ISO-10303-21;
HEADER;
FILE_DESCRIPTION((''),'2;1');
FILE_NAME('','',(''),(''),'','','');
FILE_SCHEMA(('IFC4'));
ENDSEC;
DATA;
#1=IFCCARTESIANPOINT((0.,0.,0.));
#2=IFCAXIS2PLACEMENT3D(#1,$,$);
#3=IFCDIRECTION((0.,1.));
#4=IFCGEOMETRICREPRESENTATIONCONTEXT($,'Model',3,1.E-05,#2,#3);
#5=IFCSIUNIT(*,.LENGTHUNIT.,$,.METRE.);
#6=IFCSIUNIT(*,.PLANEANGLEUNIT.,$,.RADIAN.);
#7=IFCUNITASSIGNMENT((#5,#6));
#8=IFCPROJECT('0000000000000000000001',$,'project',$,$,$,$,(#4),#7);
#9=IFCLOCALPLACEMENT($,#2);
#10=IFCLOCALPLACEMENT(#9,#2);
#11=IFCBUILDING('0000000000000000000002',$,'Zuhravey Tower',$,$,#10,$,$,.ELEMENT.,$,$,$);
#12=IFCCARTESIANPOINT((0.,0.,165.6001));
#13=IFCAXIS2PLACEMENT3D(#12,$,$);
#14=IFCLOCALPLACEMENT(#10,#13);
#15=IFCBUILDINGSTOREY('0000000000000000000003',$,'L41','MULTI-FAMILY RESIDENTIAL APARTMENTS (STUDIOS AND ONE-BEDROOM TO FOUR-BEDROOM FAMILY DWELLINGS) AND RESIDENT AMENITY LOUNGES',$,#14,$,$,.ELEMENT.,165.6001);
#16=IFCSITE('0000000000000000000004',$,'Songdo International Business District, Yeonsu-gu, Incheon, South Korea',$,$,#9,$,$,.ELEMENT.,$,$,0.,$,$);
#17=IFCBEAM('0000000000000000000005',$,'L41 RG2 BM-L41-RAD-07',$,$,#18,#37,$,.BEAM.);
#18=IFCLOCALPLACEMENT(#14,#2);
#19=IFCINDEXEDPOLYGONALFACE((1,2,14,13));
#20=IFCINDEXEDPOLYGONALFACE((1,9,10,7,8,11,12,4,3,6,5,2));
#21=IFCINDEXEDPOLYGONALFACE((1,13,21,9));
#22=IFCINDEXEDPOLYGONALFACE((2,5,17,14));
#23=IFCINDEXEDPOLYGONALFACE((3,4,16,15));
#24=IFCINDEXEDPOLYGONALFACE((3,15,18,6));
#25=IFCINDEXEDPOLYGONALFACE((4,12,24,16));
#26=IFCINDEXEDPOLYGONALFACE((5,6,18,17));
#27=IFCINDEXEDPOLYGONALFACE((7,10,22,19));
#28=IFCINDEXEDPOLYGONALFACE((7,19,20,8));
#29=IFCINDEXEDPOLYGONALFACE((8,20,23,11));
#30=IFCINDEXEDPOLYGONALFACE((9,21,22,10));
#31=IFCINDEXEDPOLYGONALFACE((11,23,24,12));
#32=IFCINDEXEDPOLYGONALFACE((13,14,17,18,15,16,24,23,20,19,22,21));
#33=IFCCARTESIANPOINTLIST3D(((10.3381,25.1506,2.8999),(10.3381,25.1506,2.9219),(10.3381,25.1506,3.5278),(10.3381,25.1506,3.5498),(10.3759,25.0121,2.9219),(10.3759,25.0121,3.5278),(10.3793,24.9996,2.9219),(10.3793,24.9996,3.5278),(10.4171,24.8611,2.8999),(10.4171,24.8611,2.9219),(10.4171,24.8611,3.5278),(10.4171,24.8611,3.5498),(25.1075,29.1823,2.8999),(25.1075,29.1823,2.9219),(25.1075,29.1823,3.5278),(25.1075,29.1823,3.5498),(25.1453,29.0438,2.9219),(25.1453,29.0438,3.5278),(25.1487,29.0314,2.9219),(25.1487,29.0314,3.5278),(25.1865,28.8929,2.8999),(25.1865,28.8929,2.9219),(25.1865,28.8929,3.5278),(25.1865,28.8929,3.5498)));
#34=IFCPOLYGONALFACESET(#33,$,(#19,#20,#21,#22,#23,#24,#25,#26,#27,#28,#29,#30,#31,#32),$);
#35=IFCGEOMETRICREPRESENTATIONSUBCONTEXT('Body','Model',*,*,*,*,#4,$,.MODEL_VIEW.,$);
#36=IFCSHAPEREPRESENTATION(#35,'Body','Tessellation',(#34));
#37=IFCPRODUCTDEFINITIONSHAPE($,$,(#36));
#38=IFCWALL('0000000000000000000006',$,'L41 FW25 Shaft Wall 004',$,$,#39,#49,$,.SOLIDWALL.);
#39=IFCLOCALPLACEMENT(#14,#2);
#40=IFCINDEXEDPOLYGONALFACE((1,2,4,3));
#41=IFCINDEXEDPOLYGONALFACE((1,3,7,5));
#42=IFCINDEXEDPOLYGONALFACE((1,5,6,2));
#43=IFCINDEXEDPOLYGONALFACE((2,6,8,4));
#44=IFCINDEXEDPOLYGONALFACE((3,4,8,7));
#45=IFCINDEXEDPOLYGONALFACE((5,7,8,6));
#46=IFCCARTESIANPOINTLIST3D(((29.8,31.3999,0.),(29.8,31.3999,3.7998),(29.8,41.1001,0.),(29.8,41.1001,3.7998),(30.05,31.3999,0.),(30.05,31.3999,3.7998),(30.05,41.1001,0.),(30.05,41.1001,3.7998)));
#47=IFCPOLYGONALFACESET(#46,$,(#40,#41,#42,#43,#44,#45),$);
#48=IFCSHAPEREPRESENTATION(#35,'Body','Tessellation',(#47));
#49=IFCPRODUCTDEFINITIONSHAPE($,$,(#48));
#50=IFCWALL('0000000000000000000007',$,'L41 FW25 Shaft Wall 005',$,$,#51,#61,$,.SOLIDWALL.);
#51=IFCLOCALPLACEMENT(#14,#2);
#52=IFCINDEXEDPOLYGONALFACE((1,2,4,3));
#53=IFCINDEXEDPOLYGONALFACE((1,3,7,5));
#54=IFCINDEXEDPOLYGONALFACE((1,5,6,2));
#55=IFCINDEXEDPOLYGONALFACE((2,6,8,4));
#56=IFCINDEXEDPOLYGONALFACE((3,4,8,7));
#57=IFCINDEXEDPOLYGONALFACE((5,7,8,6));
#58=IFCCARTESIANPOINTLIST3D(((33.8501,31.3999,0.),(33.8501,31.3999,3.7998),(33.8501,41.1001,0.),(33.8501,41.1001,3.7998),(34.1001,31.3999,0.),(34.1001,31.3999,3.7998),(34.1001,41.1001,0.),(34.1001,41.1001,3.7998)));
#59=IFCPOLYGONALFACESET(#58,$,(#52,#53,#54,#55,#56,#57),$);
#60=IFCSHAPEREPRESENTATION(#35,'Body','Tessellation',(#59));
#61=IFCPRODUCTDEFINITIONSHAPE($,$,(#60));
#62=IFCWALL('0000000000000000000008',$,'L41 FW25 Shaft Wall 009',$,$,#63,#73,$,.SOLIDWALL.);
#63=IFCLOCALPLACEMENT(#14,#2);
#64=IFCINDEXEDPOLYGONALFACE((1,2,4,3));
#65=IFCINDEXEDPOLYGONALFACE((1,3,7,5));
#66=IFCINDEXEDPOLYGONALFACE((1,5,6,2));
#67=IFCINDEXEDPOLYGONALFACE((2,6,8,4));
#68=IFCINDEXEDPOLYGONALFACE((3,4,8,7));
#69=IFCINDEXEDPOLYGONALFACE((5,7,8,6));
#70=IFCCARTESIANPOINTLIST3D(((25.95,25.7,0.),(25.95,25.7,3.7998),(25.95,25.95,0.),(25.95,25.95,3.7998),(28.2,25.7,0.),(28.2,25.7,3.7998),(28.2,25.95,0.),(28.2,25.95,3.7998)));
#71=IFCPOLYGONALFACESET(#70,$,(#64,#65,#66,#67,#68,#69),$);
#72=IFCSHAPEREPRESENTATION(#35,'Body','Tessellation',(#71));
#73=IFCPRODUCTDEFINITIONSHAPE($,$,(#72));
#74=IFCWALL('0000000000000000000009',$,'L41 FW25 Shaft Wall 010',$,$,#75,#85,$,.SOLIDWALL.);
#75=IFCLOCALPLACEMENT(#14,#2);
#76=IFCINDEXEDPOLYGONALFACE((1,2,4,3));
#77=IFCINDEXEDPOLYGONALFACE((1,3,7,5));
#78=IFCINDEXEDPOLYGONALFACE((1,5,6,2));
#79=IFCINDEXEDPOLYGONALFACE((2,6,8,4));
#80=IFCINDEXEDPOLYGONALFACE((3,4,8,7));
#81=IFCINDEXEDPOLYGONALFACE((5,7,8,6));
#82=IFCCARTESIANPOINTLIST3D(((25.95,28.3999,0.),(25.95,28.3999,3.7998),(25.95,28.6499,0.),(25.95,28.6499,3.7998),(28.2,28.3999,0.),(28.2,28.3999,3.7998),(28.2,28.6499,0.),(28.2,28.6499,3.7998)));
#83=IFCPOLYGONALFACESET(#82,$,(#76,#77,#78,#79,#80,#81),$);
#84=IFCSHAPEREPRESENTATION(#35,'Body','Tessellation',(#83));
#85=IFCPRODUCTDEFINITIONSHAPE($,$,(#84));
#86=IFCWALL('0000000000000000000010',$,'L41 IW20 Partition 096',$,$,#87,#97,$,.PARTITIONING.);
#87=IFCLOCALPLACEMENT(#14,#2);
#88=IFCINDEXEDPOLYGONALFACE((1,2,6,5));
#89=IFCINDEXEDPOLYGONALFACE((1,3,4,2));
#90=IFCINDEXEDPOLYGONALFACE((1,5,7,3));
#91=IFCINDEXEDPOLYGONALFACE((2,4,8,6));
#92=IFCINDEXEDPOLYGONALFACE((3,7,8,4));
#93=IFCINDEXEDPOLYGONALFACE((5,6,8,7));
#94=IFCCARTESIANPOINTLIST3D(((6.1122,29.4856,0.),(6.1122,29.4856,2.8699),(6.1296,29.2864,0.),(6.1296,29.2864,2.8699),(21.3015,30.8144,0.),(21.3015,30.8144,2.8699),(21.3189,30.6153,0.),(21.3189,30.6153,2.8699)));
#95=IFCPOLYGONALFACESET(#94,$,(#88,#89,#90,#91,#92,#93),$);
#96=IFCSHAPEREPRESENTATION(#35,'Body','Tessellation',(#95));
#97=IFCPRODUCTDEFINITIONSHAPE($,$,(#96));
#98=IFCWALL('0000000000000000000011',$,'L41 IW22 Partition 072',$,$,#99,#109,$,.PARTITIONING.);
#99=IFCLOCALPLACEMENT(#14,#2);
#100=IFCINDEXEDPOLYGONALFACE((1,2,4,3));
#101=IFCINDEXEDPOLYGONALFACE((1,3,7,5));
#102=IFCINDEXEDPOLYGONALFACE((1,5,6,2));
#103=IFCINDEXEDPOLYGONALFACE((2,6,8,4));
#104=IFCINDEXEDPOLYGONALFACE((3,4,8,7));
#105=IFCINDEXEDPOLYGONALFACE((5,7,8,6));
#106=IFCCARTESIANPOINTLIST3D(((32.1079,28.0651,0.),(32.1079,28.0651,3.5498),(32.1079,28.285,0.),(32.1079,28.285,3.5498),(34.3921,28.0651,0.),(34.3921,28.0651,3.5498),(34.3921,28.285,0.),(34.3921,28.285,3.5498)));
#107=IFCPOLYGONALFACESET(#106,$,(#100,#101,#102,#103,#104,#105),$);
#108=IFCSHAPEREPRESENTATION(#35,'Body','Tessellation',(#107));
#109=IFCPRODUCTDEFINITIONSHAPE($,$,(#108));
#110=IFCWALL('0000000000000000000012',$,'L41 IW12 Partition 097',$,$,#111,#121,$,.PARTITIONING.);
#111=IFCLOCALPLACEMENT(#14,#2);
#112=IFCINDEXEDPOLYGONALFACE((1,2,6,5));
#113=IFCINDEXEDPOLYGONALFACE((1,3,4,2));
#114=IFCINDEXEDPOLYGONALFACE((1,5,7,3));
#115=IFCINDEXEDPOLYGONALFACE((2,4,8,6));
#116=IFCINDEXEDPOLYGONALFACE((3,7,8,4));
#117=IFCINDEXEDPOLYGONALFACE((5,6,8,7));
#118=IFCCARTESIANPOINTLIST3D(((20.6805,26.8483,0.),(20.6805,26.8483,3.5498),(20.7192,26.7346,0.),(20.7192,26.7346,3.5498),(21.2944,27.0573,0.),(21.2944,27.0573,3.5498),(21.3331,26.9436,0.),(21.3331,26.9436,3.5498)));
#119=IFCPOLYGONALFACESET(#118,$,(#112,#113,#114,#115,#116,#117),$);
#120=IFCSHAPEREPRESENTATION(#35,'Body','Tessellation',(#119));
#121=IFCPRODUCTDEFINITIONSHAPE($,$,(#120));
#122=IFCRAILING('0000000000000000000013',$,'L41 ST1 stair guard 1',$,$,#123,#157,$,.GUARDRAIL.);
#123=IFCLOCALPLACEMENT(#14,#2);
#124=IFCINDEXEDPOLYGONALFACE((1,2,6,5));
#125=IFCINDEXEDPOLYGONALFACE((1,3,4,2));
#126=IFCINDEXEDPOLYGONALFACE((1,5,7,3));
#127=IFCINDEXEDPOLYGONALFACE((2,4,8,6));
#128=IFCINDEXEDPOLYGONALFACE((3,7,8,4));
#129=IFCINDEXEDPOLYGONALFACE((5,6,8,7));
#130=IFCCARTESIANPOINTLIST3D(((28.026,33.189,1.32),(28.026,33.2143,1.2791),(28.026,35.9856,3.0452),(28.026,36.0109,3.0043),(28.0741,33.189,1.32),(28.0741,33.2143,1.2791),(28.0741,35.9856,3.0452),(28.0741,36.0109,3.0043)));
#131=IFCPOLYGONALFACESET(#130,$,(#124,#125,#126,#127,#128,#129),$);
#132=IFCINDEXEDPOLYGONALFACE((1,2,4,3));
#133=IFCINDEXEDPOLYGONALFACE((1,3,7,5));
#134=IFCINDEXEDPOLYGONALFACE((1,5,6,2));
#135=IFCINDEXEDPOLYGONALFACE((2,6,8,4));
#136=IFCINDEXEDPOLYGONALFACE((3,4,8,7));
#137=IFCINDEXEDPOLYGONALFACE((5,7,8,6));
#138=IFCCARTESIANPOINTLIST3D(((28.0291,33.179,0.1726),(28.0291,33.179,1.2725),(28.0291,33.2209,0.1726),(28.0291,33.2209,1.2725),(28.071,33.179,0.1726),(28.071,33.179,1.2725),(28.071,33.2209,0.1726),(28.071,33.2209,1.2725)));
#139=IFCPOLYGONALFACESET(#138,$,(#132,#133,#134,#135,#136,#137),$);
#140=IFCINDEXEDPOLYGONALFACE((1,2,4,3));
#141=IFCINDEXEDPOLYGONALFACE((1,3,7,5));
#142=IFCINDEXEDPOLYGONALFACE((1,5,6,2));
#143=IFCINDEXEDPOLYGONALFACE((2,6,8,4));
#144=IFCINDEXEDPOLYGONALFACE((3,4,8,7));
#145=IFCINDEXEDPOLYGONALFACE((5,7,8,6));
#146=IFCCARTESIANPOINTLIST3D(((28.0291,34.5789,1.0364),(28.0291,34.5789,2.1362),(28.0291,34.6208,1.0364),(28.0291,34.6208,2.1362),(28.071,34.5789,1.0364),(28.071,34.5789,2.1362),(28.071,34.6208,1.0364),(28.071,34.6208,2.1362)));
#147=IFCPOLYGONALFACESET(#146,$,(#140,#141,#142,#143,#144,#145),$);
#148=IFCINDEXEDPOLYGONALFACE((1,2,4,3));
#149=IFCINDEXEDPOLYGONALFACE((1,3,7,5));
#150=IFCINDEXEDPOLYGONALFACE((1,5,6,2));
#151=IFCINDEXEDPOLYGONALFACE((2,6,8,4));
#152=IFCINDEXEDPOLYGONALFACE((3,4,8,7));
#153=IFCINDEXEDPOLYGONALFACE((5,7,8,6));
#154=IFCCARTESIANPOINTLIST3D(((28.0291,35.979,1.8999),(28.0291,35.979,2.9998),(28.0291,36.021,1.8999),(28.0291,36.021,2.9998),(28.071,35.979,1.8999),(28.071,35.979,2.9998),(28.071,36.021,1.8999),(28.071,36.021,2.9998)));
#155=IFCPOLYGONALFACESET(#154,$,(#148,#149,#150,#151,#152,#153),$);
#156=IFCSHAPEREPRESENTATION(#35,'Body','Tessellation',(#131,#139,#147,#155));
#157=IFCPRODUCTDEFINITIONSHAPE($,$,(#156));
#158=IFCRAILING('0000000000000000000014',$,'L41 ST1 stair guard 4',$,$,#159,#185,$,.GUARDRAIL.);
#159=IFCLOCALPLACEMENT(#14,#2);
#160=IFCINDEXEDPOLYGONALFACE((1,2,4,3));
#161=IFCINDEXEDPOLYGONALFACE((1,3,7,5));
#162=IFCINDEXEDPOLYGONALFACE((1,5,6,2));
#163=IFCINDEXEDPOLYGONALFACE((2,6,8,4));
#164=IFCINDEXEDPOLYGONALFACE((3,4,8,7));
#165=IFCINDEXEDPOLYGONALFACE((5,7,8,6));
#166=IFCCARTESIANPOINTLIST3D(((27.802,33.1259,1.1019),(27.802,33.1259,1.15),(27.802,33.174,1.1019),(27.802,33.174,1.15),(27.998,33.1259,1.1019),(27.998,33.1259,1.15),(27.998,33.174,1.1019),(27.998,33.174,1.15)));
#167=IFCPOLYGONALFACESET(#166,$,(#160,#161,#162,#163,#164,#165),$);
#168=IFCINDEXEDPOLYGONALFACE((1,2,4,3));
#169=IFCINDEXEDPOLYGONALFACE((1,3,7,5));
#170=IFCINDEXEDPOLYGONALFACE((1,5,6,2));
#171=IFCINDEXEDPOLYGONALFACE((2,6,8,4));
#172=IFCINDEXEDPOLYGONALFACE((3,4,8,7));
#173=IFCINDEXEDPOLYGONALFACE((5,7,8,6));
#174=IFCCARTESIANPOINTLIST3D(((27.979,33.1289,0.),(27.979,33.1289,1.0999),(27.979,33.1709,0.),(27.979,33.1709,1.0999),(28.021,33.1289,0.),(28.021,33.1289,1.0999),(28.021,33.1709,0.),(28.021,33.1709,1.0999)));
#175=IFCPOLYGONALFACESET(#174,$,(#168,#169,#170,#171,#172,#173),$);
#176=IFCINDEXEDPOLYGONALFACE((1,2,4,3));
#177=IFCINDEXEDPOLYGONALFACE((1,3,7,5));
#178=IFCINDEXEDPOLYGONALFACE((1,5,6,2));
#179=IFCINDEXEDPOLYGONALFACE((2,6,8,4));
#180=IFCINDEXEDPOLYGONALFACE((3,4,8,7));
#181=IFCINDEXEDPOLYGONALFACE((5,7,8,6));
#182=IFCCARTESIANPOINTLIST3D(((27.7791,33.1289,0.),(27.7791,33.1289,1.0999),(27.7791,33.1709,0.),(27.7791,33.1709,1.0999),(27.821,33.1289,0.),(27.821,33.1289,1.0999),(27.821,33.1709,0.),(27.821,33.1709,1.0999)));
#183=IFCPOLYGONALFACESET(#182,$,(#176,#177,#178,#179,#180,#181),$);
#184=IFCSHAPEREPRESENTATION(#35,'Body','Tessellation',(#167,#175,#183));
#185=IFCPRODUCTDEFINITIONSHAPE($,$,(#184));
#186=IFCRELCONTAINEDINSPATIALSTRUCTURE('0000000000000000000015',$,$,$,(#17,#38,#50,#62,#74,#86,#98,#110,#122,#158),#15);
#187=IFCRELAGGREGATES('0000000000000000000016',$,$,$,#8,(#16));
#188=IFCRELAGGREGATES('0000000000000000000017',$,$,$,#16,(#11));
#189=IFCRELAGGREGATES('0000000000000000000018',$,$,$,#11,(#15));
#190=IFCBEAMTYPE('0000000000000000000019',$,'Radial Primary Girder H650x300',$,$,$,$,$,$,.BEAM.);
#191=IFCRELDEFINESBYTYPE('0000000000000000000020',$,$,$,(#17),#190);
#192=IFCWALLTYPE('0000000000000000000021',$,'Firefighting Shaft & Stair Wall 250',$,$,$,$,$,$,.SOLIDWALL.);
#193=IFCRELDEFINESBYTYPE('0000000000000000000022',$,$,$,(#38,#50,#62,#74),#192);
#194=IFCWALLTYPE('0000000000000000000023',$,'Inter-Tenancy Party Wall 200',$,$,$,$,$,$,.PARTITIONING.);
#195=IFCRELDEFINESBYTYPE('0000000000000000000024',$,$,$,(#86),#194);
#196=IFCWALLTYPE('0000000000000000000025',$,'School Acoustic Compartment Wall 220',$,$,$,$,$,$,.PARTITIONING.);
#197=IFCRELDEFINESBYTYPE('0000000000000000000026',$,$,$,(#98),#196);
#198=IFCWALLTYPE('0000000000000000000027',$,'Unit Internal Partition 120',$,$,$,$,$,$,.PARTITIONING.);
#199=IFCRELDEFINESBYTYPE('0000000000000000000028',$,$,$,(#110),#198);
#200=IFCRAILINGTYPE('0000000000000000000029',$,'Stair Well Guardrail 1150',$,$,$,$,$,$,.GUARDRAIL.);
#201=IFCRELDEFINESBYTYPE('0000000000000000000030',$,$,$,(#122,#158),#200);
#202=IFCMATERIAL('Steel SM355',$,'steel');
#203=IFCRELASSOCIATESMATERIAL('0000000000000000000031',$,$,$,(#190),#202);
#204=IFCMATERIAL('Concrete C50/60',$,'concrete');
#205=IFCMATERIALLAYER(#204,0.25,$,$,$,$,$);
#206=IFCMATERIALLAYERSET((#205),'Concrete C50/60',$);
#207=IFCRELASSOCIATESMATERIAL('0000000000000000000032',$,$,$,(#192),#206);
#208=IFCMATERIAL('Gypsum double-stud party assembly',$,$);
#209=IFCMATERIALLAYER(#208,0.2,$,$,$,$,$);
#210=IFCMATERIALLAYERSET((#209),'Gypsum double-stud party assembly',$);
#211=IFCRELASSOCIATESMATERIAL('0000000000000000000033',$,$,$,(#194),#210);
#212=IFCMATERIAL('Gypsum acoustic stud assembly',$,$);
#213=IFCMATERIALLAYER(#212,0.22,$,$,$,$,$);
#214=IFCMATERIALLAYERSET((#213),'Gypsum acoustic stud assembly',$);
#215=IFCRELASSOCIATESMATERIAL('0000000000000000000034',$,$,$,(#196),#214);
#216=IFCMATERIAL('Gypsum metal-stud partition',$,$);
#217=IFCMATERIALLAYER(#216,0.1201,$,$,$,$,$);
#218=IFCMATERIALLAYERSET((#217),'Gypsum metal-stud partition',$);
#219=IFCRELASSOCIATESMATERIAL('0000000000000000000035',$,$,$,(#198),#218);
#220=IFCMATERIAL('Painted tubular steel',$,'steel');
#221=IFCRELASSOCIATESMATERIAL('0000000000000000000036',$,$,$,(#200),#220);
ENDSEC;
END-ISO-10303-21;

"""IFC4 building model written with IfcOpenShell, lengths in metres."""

from ifc_helpers import new_model, si_unit, direction, frame, frame_2d, origin, origin_2d, place, context, subcontext, project, spatial, rectangle, i_section, extrude, material, layer, layer_set, material_profile, profile_set, type_object, element, save


model = new_model("IFC4")

# Units and contexts
model_context = context("Model", 3, precision=1e-05, world=origin(), true_north=direction((0.0, 1.0)))
body_context = subcontext(model_context, "Body", "Model", "MODEL_VIEW")
ifc_project = project(units=[si_unit("LENGTHUNIT", "METRE"), si_unit("PLANEANGLEUNIT", "RADIAN")], contexts=[model_context])

# Site, building, storey
site_placement = place(None, origin())
site = spatial("IfcSite", under=ifc_project, at=site_placement, Name="Songdo International Business District, Yeonsu-gu, Incheon, South Korea", CompositionType="ELEMENT", RefElevation=0.0)
building_placement = place(site_placement, origin())
building = spatial("IfcBuilding", under=site, at=building_placement, Name="Zuhravey Tower", CompositionType="ELEMENT")
storey_placement = place(building_placement, frame((0.0, 0.0, 165.6001)))
storey = spatial("IfcBuildingStorey", under=building, at=storey_placement, Name="L41", Description="MULTI-FAMILY RESIDENTIAL APARTMENTS (STUDIOS AND ONE-BEDROOM TO FOUR-BEDROOM FAMILY DWELLINGS) AND RESIDENT AMENITY LOUNGES", CompositionType="ELEMENT", Elevation=165.6001)

# Beam
ifc_material_1 = material(Name="Steel SM355", Category="steel")
ifc_material_profile = material_profile(ifc_material_1, i_section(OverallWidth=0.3, OverallDepth=0.6499, WebThickness=0.0129, FlangeThickness=0.022, at=origin_2d()), Name="H-650x300x13x22")
ifc_profile_set = profile_set([ifc_material_profile], Name="Steel SM355")
beam_type = type_object("IfcBeamType", Name="Radial Primary Girder H650x300", PredefinedType="BEAM", material=ifc_profile_set)
beam_placement = place(storey_placement, frame((25.147, 29.0376, 3.2249), z_axis=(-0.964702, -0.263345, 0.0), x_axis=(0.263345, -0.964702, 0.0)))
element("IfcBeam", 1, at=beam_placement, inside=storey, type_object=beam_type, Name="L41 RG2 BM-L41-RAD-07", PredefinedType="BEAM", context=body_context, shape_type="SweptSolid", body=[
    extrude(i_section(OverallWidth=0.3, OverallDepth=0.6499, WebThickness=0.0129, FlangeThickness=0.022, at=origin_2d()), origin(), (0.0, 0.0, 1.0), 15.3098),
])

# Shared definitions
ifc_material_2 = material(Name="Concrete C50/60", Category="concrete")
ifc_layer_1 = layer(ifc_material_2, 0.25)
ifc_layer_set_1 = layer_set([ifc_layer_1], Name="Concrete C50/60")
wall_type_1 = type_object("IfcWallType", Name="Firefighting Shaft & Stair Wall 250", PredefinedType="SOLIDWALL", material=ifc_layer_set_1)

# Walls
for number, where, z_axis, x_axis, name in (
    (2, (29.925, 31.3999, 0.0), (0.0, 0.0, 1.0), (0.0, 1.0, 0.0), "L41 FW25 Shaft Wall 004"),
    (3, (33.9751, 31.3999, 0.0), (0.0, 0.0, 1.0), (0.0, 1.0, 0.0), "L41 FW25 Shaft Wall 005"),
):
    element("IfcWall", number, at=place(storey_placement, frame(where, z_axis=z_axis, x_axis=x_axis)), inside=storey, type_object=wall_type_1, Name=name, PredefinedType="SOLIDWALL", context=body_context, shape_type="SweptSolid", body=[
        extrude(rectangle(XDim=9.7002, YDim=0.25, at=frame_2d((4.8501, 0.0))), origin(), (0.0, 0.0, 1.0), 3.7998),
    ])
for number, where, z_axis, x_axis, name in (
    (4, (25.95, 25.825, 0.0), (0.0, 0.0, 1.0), (1.0, 0.0, 0.0), "L41 FW25 Shaft Wall 009"),
    (5, (25.95, 28.5249, 0.0), (0.0, 0.0, 1.0), (1.0, 0.0, 0.0), "L41 FW25 Shaft Wall 010"),
):
    element("IfcWall", number, at=place(storey_placement, frame(where, z_axis=z_axis, x_axis=x_axis)), inside=storey, type_object=wall_type_1, Name=name, PredefinedType="SOLIDWALL", context=body_context, shape_type="SweptSolid", body=[
        extrude(rectangle(XDim=2.25, YDim=0.25, at=frame_2d((1.125, 0.0))), origin(), (0.0, 0.0, 1.0), 3.7998),
    ])
ifc_material_3 = material(Name="Gypsum double-stud party assembly")
ifc_layer_2 = layer(ifc_material_3, 0.2)
ifc_layer_set_2 = layer_set([ifc_layer_2], Name="Gypsum double-stud party assembly")
wall_type_2 = type_object("IfcWallType", Name="Inter-Tenancy Party Wall 200", PredefinedType="PARTITIONING", material=ifc_layer_set_2)
wall_1_placement = place(storey_placement, frame((21.3101, 30.7148, 0.0), z_axis=(0.0, 0.0, 1.0), x_axis=(-0.996195, -0.087154, 0.0)))
element("IfcWall", 6, at=wall_1_placement, inside=storey, type_object=wall_type_2, Name="L41 IW20 Partition 096", PredefinedType="PARTITIONING", context=body_context, shape_type="SweptSolid", body=[
    extrude(rectangle(XDim=15.2473, YDim=0.2, at=frame_2d((7.6235, 0.0))), origin(), (0.0, 0.0, 1.0), 2.8699),
])
ifc_material_4 = material(Name="Gypsum acoustic stud assembly")
ifc_layer_3 = layer(ifc_material_4, 0.22)
ifc_layer_set_3 = layer_set([ifc_layer_3], Name="Gypsum acoustic stud assembly")
wall_type_3 = type_object("IfcWallType", Name="School Acoustic Compartment Wall 220", PredefinedType="PARTITIONING", material=ifc_layer_set_3)
wall_2_placement = place(storey_placement, frame((32.1079, 28.175, 0.0), z_axis=(0.0, 0.0, 1.0), x_axis=(1.0, 0.0, 0.0)))
element("IfcWall", 7, at=wall_2_placement, inside=storey, type_object=wall_type_3, Name="L41 IW22 Partition 072", PredefinedType="PARTITIONING", context=body_context, shape_type="SweptSolid", body=[
    extrude(rectangle(XDim=2.2842, YDim=0.22, at=frame_2d((1.1421, 0.0))), origin(), (0.0, 0.0, 1.0), 3.5498),
])
ifc_material_5 = material(Name="Gypsum metal-stud partition")
ifc_layer_4 = layer(ifc_material_5, 0.1201)
ifc_layer_set_4 = layer_set([ifc_layer_4], Name="Gypsum metal-stud partition")
wall_type_4 = type_object("IfcWallType", Name="Unit Internal Partition 120", PredefinedType="PARTITIONING", material=ifc_layer_set_4)
wall_3_placement = place(storey_placement, frame((21.3137, 27.0005, 0.0), z_axis=(0.0, 0.0, 1.0), x_axis=(-0.94663, -0.322321, 0.0)))
element("IfcWall", 8, at=wall_3_placement, inside=storey, type_object=wall_type_4, Name="L41 IW12 Partition 097", PredefinedType="PARTITIONING", context=body_context, shape_type="SweptSolid", body=[
    extrude(rectangle(XDim=0.6484, YDim=0.1201, at=frame_2d((0.3242, 0.0))), origin(), (0.0, 0.0, 1.0), 3.5498),
])

# Railings
ifc_material_6 = material(Name="Painted tubular steel", Category="steel")
railing_type = type_object("IfcRailingType", Name="Stair Well Guardrail 1150", PredefinedType="GUARDRAIL", material=ifc_material_6)
railing_1_placement = place(storey_placement, frame((28.05, 33.2, 0.1726)))
element("IfcRailing", 9, at=railing_1_placement, inside=storey, type_object=railing_type, Name="L41 ST1 stair guard 1", PredefinedType="GUARDRAIL", context=body_context, shape_type="SweptSolid", body=[
    extrude(rectangle(XDim=0.0481, YDim=0.0481, at=origin_2d()), frame((0.0, 0.0017, 1.127), z_axis=(0.0, 0.85109, 0.52502), x_axis=(-1.0, 0.0, 0.0)), (0.0, 0.0, 1.0), 3.2859),
    extrude(rectangle(XDim=0.042, YDim=0.042, at=origin_2d()), origin(), (0.0, 0.0, 1.0), 1.0999),
    extrude(rectangle(XDim=0.042, YDim=0.042, at=origin_2d()), frame((0.0, 1.3999, 0.8638)), (0.0, 0.0, 1.0), 1.0999),
    extrude(rectangle(XDim=0.042, YDim=0.042, at=origin_2d()), frame((0.0, 2.8, 1.7273)), (0.0, 0.0, 1.0), 1.0999),
])
railing_2_placement = place(storey_placement, frame((28.0, 33.1499, 0.0)))
element("IfcRailing", 10, at=railing_2_placement, inside=storey, type_object=railing_type, Name="L41 ST1 stair guard 4", PredefinedType="GUARDRAIL", context=body_context, shape_type="SweptSolid", body=[
    extrude(rectangle(XDim=0.0481, YDim=0.0481, at=origin_2d()), frame((-0.002, 0.0, 1.126), z_axis=(-1.0, 0.0, 0.0), x_axis=(0.0, -1.0, 0.0)), (0.0, 0.0, 1.0), 0.196),
    extrude(rectangle(XDim=0.042, YDim=0.042, at=origin_2d()), origin(), (0.0, 0.0, 1.0), 1.0999),
    extrude(rectangle(XDim=0.042, YDim=0.042, at=origin_2d()), frame((-0.2, 0.0, 0.0)), (0.0, 0.0, 1.0), 1.0999),
])

save(model, "model.ifc")
